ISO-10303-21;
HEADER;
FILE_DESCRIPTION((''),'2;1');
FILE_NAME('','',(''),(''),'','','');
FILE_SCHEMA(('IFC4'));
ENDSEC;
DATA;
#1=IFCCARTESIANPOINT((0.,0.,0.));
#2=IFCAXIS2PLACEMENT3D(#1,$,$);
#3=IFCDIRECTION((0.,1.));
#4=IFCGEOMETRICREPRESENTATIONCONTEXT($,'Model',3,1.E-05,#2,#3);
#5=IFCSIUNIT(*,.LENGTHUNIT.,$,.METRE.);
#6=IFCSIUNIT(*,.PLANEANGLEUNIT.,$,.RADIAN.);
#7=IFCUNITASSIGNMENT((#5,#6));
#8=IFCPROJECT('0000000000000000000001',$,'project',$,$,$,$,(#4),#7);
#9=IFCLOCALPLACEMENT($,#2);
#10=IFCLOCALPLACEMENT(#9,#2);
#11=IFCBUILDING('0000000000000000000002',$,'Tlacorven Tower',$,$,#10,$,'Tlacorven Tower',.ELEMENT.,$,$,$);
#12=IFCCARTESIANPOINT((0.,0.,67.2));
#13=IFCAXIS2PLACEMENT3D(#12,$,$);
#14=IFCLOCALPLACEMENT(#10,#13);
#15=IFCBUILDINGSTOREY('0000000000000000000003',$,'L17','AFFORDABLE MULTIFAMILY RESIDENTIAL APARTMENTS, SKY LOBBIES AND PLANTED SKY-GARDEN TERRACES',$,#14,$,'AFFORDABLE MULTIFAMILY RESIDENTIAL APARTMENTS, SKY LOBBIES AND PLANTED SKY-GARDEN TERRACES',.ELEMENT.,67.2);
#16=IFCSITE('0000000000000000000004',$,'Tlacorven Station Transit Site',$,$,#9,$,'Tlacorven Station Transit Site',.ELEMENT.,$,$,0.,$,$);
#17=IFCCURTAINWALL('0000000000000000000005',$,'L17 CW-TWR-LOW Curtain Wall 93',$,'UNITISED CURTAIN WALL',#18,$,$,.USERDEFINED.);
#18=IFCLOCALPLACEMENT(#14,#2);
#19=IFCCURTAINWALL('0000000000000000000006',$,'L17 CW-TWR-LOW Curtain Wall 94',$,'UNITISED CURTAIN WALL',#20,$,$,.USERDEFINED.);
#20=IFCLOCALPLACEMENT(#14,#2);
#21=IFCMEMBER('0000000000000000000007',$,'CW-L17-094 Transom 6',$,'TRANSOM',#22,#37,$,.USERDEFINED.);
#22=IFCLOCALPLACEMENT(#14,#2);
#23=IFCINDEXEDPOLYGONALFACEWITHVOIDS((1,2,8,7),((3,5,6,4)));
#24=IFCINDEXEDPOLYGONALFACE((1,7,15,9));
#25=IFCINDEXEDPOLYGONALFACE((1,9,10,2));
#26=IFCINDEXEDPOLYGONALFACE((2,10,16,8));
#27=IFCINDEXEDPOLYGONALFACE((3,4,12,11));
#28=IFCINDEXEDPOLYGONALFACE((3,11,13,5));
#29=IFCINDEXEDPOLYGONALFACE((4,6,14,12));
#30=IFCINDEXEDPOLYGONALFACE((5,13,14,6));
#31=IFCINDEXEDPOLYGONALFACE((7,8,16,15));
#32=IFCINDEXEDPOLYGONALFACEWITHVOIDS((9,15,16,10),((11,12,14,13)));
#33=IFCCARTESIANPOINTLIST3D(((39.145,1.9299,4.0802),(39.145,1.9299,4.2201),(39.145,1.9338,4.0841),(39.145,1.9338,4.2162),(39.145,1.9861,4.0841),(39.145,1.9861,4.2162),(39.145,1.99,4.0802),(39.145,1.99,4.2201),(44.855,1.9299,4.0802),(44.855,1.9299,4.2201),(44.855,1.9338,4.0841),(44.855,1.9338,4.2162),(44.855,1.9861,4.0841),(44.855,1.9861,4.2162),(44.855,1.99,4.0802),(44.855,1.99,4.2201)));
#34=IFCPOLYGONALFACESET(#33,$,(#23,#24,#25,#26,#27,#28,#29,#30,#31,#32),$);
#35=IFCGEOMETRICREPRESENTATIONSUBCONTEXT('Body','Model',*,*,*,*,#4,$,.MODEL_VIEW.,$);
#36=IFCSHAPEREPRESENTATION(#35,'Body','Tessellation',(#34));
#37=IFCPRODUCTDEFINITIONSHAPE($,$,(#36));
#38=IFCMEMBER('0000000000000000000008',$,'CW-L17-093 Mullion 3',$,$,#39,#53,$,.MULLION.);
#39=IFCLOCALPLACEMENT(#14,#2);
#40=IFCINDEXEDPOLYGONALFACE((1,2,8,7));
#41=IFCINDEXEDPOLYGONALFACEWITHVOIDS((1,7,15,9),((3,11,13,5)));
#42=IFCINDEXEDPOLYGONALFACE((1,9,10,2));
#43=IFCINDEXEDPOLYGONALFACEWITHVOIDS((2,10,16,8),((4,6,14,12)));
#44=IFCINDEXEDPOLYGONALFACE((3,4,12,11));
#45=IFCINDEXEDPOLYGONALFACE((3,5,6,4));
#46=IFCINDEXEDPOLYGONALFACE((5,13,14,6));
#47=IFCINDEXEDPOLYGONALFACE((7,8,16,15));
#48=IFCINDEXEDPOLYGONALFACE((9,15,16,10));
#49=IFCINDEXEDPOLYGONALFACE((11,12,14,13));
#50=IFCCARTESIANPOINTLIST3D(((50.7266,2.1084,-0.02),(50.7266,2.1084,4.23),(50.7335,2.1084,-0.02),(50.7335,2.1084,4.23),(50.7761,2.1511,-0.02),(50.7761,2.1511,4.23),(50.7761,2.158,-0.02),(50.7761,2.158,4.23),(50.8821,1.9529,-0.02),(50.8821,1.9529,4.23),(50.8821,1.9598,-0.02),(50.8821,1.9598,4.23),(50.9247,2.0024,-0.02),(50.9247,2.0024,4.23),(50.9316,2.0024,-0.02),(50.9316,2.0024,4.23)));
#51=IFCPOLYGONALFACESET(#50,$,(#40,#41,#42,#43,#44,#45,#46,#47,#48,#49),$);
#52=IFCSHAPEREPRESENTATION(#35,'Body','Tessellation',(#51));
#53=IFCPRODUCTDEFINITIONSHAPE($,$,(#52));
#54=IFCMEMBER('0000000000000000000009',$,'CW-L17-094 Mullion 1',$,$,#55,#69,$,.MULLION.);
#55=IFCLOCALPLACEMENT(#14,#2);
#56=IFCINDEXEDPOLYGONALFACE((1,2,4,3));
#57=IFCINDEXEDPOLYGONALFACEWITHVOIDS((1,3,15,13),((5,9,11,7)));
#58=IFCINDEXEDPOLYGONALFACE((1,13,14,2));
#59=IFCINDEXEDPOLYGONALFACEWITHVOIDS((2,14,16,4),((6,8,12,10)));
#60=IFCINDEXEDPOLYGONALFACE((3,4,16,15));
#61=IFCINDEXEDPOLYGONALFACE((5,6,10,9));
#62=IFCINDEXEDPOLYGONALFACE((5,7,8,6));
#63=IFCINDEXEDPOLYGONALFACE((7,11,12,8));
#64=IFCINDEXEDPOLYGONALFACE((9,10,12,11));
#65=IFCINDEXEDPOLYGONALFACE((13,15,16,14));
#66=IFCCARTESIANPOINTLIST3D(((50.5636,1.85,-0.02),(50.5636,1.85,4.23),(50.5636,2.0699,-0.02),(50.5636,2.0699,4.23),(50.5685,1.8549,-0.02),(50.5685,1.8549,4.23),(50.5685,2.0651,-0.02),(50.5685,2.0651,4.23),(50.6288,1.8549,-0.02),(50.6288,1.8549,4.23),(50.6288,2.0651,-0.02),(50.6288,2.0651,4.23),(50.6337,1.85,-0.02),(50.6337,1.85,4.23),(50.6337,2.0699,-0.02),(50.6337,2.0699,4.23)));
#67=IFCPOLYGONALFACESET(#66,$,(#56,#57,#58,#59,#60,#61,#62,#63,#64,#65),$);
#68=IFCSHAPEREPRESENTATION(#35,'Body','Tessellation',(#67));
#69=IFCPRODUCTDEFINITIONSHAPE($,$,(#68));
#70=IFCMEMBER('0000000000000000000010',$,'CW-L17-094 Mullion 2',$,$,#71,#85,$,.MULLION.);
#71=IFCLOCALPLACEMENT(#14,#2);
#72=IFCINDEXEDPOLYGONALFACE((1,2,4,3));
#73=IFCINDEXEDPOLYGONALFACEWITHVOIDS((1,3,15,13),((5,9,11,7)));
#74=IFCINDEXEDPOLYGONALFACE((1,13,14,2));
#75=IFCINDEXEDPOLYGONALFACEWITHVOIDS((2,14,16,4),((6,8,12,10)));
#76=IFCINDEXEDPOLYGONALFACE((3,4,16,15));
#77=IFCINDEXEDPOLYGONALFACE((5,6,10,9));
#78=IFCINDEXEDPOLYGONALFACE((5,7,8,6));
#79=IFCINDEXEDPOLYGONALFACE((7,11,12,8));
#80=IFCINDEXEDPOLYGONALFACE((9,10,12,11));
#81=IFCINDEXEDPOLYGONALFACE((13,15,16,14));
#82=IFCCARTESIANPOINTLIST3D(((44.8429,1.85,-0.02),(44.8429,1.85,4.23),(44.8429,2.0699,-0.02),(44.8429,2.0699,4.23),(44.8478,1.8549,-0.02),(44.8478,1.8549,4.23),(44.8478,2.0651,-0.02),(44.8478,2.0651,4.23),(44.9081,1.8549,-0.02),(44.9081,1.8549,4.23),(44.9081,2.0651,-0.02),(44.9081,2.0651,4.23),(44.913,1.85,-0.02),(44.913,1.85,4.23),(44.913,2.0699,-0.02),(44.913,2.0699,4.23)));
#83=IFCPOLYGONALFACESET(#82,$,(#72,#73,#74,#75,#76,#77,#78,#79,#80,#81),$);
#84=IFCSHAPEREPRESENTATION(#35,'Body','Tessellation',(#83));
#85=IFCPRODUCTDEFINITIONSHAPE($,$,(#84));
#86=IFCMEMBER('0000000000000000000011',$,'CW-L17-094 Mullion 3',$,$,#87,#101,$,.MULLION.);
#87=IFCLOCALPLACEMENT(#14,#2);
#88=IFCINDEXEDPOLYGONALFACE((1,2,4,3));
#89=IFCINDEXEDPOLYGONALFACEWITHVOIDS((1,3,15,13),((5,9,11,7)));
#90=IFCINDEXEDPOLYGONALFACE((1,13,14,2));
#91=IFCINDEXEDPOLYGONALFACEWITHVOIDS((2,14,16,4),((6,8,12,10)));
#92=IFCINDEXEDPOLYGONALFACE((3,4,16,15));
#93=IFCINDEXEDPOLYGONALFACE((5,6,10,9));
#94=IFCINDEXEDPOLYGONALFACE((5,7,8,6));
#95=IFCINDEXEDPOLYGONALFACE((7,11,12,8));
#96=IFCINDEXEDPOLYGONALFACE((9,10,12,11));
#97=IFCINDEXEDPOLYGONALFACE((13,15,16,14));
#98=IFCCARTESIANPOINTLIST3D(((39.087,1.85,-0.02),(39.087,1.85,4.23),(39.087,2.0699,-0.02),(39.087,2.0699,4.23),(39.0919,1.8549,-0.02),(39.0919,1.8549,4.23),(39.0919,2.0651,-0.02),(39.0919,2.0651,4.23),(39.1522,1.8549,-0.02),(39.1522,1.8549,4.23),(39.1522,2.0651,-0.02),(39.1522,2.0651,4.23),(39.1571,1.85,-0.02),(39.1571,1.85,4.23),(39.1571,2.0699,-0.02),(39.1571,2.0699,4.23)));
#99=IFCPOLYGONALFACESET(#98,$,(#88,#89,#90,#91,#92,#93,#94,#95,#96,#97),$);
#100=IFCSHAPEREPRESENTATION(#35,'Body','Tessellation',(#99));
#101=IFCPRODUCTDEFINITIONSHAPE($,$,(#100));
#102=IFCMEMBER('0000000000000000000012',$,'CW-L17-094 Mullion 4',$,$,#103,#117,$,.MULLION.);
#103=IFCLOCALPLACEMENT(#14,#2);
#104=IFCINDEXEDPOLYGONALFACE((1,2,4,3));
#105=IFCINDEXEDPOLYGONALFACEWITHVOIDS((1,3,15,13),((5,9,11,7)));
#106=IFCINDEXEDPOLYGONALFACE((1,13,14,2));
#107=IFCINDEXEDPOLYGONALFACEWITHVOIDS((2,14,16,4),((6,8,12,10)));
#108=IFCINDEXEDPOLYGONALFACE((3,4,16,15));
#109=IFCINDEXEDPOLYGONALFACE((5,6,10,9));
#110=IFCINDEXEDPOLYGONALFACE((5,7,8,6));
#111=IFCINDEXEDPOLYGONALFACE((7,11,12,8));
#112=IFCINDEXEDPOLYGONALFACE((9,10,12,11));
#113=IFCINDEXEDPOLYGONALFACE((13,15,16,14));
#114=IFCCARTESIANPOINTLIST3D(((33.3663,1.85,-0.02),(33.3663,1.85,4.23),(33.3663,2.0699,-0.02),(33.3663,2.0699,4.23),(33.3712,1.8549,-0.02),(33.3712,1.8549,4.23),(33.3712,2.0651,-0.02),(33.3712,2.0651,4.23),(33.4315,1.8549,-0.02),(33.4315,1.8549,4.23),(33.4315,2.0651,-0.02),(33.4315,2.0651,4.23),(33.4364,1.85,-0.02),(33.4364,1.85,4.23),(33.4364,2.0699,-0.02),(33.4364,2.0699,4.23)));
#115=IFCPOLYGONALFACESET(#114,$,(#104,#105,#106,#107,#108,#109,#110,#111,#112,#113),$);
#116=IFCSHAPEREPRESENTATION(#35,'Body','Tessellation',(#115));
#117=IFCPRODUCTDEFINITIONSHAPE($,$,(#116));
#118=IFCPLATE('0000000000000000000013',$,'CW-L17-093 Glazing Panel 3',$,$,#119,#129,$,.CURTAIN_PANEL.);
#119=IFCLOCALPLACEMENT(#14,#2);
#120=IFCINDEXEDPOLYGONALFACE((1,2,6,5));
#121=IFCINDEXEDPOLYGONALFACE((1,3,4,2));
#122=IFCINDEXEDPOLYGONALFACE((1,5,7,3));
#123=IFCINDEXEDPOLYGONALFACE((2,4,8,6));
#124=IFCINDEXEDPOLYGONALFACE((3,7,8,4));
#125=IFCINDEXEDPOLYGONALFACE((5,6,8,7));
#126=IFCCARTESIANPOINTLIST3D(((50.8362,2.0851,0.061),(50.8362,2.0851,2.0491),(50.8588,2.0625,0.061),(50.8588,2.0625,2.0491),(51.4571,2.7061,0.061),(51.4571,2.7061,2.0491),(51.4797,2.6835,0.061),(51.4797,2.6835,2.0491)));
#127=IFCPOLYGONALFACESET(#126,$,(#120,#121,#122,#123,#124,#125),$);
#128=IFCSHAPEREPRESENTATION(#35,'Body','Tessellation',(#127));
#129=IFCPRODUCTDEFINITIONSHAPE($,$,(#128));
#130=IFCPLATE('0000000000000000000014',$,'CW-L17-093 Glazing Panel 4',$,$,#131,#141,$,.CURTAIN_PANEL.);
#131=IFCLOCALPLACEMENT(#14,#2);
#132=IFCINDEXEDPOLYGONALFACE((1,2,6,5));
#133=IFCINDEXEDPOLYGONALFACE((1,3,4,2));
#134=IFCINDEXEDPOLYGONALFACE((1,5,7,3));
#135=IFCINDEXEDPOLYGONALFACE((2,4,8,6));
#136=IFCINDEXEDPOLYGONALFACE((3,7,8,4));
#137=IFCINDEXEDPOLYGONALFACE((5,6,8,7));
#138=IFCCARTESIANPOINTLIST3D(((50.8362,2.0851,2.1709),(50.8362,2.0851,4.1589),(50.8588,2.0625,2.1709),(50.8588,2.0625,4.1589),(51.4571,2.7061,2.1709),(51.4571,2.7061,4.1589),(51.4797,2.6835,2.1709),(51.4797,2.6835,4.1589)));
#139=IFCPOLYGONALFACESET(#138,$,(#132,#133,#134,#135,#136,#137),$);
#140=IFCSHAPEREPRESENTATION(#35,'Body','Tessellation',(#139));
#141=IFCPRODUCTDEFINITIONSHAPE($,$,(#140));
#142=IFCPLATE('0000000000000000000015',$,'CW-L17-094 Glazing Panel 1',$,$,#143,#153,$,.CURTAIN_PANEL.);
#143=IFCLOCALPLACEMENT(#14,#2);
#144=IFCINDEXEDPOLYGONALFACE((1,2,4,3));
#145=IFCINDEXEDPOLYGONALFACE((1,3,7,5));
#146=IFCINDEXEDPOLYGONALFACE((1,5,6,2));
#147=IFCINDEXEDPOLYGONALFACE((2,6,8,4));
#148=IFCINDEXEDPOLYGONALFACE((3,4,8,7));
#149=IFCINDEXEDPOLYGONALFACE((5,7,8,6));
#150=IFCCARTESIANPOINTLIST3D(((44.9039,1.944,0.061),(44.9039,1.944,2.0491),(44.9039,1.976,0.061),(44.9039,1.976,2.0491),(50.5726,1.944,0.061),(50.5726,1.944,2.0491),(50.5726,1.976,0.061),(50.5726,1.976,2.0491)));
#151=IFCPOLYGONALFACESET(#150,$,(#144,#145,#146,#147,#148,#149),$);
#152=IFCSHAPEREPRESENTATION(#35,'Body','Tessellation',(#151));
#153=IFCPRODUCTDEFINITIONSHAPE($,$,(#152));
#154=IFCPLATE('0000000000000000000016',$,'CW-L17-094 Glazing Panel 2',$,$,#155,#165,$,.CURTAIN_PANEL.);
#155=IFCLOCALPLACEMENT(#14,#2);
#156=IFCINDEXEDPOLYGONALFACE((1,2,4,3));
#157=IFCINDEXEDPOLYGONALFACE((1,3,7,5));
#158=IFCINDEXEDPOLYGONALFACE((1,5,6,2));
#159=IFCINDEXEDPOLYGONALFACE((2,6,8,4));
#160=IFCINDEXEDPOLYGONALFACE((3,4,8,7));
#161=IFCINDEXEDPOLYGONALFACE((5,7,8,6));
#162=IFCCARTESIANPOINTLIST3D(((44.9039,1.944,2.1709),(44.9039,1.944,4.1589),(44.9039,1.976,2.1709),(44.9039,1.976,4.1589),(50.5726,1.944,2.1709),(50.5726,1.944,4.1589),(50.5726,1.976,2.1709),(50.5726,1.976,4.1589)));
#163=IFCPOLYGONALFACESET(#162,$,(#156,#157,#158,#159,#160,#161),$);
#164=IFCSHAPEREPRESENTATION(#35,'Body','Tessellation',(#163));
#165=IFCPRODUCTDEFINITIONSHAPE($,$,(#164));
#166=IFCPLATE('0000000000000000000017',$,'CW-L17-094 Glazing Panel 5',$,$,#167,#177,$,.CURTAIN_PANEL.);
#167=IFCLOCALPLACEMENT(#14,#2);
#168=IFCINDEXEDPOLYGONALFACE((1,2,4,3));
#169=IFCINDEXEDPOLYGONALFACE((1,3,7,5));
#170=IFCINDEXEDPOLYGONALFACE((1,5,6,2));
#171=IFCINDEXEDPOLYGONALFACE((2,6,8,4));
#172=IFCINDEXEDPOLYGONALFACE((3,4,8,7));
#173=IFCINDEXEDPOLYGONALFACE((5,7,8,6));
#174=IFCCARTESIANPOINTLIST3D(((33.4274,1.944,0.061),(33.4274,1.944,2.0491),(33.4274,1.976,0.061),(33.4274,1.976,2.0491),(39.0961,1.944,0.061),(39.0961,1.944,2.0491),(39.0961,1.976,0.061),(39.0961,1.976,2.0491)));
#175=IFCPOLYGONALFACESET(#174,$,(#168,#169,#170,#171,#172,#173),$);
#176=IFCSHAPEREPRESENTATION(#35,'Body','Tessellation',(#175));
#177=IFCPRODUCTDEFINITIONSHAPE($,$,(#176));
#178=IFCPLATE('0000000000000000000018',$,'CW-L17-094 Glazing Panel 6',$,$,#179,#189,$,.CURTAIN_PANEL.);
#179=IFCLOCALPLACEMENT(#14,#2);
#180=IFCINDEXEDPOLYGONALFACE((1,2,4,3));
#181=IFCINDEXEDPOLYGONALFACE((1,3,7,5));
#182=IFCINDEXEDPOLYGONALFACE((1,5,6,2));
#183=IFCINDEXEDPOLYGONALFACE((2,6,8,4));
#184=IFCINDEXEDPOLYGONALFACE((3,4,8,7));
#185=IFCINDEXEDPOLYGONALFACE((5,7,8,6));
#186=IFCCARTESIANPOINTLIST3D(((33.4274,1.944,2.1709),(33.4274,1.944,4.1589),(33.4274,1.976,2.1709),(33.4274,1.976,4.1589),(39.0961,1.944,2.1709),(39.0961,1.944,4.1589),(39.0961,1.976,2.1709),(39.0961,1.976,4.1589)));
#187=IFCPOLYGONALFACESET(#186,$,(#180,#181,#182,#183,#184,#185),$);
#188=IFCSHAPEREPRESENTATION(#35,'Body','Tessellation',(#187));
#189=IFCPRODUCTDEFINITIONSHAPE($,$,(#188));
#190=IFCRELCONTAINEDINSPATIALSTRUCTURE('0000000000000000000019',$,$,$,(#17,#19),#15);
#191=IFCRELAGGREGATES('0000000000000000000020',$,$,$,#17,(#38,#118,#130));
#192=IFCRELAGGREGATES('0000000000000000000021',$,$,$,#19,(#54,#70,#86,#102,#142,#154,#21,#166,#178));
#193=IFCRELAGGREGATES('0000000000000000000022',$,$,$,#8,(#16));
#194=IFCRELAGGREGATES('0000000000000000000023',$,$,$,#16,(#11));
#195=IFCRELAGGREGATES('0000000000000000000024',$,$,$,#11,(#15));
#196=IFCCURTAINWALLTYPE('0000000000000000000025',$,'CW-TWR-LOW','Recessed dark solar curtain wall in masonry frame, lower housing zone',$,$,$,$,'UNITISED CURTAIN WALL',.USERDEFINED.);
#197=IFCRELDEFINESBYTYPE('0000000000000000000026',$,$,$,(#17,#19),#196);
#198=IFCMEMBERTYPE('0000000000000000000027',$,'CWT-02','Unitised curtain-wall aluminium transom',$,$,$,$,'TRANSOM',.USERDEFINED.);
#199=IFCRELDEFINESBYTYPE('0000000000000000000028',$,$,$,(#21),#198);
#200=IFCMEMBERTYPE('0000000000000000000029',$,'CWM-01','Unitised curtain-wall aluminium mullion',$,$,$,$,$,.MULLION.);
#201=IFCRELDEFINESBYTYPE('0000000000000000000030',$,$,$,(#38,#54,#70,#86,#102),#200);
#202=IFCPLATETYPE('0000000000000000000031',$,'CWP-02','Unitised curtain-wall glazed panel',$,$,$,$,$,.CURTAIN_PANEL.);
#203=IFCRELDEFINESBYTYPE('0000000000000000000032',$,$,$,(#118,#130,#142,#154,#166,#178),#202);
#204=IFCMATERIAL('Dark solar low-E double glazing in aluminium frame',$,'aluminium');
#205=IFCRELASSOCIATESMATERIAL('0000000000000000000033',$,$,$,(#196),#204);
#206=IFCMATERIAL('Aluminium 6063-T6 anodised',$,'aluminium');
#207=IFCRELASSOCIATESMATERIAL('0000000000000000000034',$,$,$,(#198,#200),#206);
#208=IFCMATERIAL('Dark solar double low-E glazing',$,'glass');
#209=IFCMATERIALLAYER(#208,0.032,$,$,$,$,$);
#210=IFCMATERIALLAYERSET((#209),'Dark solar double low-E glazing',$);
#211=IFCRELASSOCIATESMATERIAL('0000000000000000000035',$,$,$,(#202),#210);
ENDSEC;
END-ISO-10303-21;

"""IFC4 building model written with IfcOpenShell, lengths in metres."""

from ifc_helpers import new_model, si_unit, direction, frame, origin, origin_2d, place, context, subcontext, project, spatial, rectangle, hollow_rectangle, extrude, source, transform, mapped, material, layer, layer_set, material_profile, profile_set, type_object, element, aggregate, save


model = new_model("IFC4")

# Units and contexts
model_context = context("Model", 3, precision=1e-05, world=origin(), true_north=direction((0.0, 1.0)))
body_context = subcontext(model_context, "Body", "Model", "MODEL_VIEW")
ifc_project = project(units=[si_unit("LENGTHUNIT", "METRE"), si_unit("PLANEANGLEUNIT", "RADIAN")], contexts=[model_context])

# Site, building, storey
site_placement = place(None, origin())
site = spatial("IfcSite", under=ifc_project, at=site_placement, Name="Tlacorven Station Transit Site", LongName="Tlacorven Station Transit Site", CompositionType="ELEMENT", RefElevation=0.0)
building_placement = place(site_placement, origin())
building = spatial("IfcBuilding", under=site, at=building_placement, Name="Tlacorven Tower", LongName="Tlacorven Tower", CompositionType="ELEMENT")
storey_placement = place(building_placement, frame((0.0, 0.0, 67.2)))
storey = spatial("IfcBuildingStorey", under=building, at=storey_placement, Name="L17", Description="AFFORDABLE MULTIFAMILY RESIDENTIAL APARTMENTS, SKY LOBBIES AND PLANTED SKY-GARDEN TERRACES", LongName="AFFORDABLE MULTIFAMILY RESIDENTIAL APARTMENTS, SKY LOBBIES AND PLANTED SKY-GARDEN TERRACES", CompositionType="ELEMENT", Elevation=67.2)

# Curtain walls, member
ifc_material_1 = material(Name="Dark solar low-E double glazing in aluminium frame", Category="aluminium")
curtain_wall_type = type_object("IfcCurtainWallType", Name="CW-TWR-LOW", Description="Recessed dark solar curtain wall in masonry frame, lower housing zone", ElementType="UNITISED CURTAIN WALL", PredefinedType="USERDEFINED", material=ifc_material_1)
curtain_wall_1_placement = place(storey_placement, origin())
curtain_wall_1 = element("IfcCurtainWall", 1, at=curtain_wall_1_placement, inside=storey, type_object=curtain_wall_type, Name="L17 CW-TWR-LOW Curtain Wall 93", ObjectType="UNITISED CURTAIN WALL", PredefinedType="USERDEFINED")
ifc_material_2 = material(Name="Aluminium 6063-T6 anodised", Category="aluminium")
ifc_material_profile_1 = material_profile(ifc_material_2, hollow_rectangle(XDim=0.0601, YDim=0.1399, WallThickness=0.0039, at=origin_2d()), Name="ALU TRANSOM 60X140")
ifc_profile_set_1 = profile_set([ifc_material_profile_1], Name="Aluminium 6063-T6 anodised")
member_type_1 = type_object("IfcMemberType", Name="CWT-02", Description="Unitised curtain-wall aluminium transom", ElementType="TRANSOM", PredefinedType="USERDEFINED", material=ifc_profile_set_1)
curtain_wall_2_placement = place(storey_placement, origin())
curtain_wall_2 = element("IfcCurtainWall", 2, at=curtain_wall_2_placement, inside=storey, type_object=curtain_wall_type, Name="L17 CW-TWR-LOW Curtain Wall 94", ObjectType="UNITISED CURTAIN WALL", PredefinedType="USERDEFINED")
shared_shape_1 = source(origin(), body_context, "Body", "SweptSolid", [
    extrude(hollow_rectangle(XDim=0.0601, YDim=0.1399, WallThickness=0.0039, at=origin_2d()), origin(), (0.0, 0.0, 1.0), 5.71),
])
member_1_placement = place(storey_placement, frame((44.855, 1.96, 4.1501), z_axis=(-1.0, 0.0, 0.0), x_axis=(0.0, -1.0, 0.0)))
member_1 = element("IfcMember", 3, at=member_1_placement, type_object=member_type_1, Name="CW-L17-094 Transom 6", ObjectType="TRANSOM", PredefinedType="USERDEFINED", context=body_context, shape_type="MappedRepresentation", body=[
    mapped(shared_shape_1, transform((0.0, 0.0, 0.0), scale=1.0)),
])

# Members
ifc_material_profile_2 = material_profile(ifc_material_2, hollow_rectangle(XDim=0.0701, YDim=0.22, WallThickness=0.0049, at=origin_2d()), Name="ALU MULLION 70X220")
ifc_profile_set_2 = profile_set([ifc_material_profile_2], Name="Aluminium 6063-T6 anodised")
member_type_2 = type_object("IfcMemberType", Name="CWM-01", Description="Unitised curtain-wall aluminium mullion", PredefinedType="MULLION", material=ifc_profile_set_2)
shared_shape_2 = source(origin(), body_context, "Body", "SweptSolid", [
    extrude(hollow_rectangle(XDim=0.0701, YDim=0.22, WallThickness=0.0049, at=origin_2d()), origin(), (0.0, 0.0, 1.0), 4.25),
])
member_2_placement = place(storey_placement, frame((50.8291, 2.0554, -0.02), z_axis=(0.0, 0.0, 1.0), x_axis=(-0.707107, -0.707107, 0.0)))
member_2 = element("IfcMember", 4, at=member_2_placement, type_object=member_type_2, Name="CW-L17-093 Mullion 3", PredefinedType="MULLION", context=body_context, shape_type="MappedRepresentation", body=[
    mapped(shared_shape_2, transform((0.0, 0.0, 0.0), scale=1.0)),
])
member_3_placement = place(storey_placement, frame((50.5986, 1.96, -0.02), z_axis=(0.0, 0.0, 1.0), x_axis=(-1.0, 0.0, 0.0)))
member_3 = element("IfcMember", 5, at=member_3_placement, type_object=member_type_2, Name="CW-L17-094 Mullion 1", PredefinedType="MULLION", context=body_context, shape_type="MappedRepresentation", body=[
    mapped(shared_shape_2, transform((0.0, 0.0, 0.0), scale=1.0)),
])
member_4_placement = place(storey_placement, frame((44.8779, 1.96, -0.02), z_axis=(0.0, 0.0, 1.0), x_axis=(-1.0, 0.0, 0.0)))
member_4 = element("IfcMember", 6, at=member_4_placement, type_object=member_type_2, Name="CW-L17-094 Mullion 2", PredefinedType="MULLION", context=body_context, shape_type="MappedRepresentation", body=[
    mapped(shared_shape_2, transform((0.0, 0.0, 0.0), scale=1.0)),
])
member_5_placement = place(storey_placement, frame((39.1221, 1.96, -0.02), z_axis=(0.0, 0.0, 1.0), x_axis=(-1.0, 0.0, 0.0)))
member_5 = element("IfcMember", 7, at=member_5_placement, type_object=member_type_2, Name="CW-L17-094 Mullion 3", PredefinedType="MULLION", context=body_context, shape_type="MappedRepresentation", body=[
    mapped(shared_shape_2, transform((0.0, 0.0, 0.0), scale=1.0)),
])
member_6_placement = place(storey_placement, frame((33.4014, 1.96, -0.02), z_axis=(0.0, 0.0, 1.0), x_axis=(-1.0, 0.0, 0.0)))
member_6 = element("IfcMember", 8, at=member_6_placement, type_object=member_type_2, Name="CW-L17-094 Mullion 4", PredefinedType="MULLION", context=body_context, shape_type="MappedRepresentation", body=[
    mapped(shared_shape_2, transform((0.0, 0.0, 0.0), scale=1.0)),
])

# Plates
ifc_material_3 = material(Name="Dark solar double low-E glazing", Category="glass")
ifc_layer_1 = layer(ifc_material_3, 0.032)
ifc_layer_set_1 = layer_set([ifc_layer_1], Name="Dark solar double low-E glazing")
plate_type = type_object("IfcPlateType", Name="CWP-02", Description="Unitised curtain-wall glazed panel", PredefinedType="CURTAIN_PANEL", material=ifc_layer_set_1)
shared_shape_3 = source(origin(), body_context, "Body", "SweptSolid", [
    extrude(rectangle(XDim=0.8782, YDim=0.032, at=origin_2d()), origin(), (0.0, 0.0, 1.0), 1.988),
])
plate_1_placement = place(storey_placement, frame((51.158, 2.3843, 0.061), z_axis=(0.0, 0.0, 1.0), x_axis=(-0.707107, -0.707107, 0.0)))
plate_1 = element("IfcPlate", 9, at=plate_1_placement, type_object=plate_type, Name="CW-L17-093 Glazing Panel 3", PredefinedType="CURTAIN_PANEL", context=body_context, shape_type="MappedRepresentation", body=[
    mapped(shared_shape_3, transform((0.0, 0.0, 0.0), scale=1.0)),
])
plate_2_placement = place(storey_placement, frame((51.158, 2.3843, 2.1709), z_axis=(0.0, 0.0, 1.0), x_axis=(-0.707107, -0.707107, 0.0)))
plate_2 = element("IfcPlate", 10, at=plate_2_placement, type_object=plate_type, Name="CW-L17-093 Glazing Panel 4", PredefinedType="CURTAIN_PANEL", context=body_context, shape_type="MappedRepresentation", body=[
    mapped(shared_shape_3, transform((0.0, 0.0, 0.0), scale=1.0)),
])
aggregate(curtain_wall_1, [member_2, plate_1, plate_2])
shared_shape_4 = source(origin(), body_context, "Body", "SweptSolid", [
    extrude(rectangle(XDim=5.6687, YDim=0.032, at=origin_2d()), origin(), (0.0, 0.0, 1.0), 1.988),
])
plate_3_placement = place(storey_placement, frame((47.7383, 1.96, 0.061), z_axis=(0.0, 0.0, 1.0), x_axis=(-1.0, 0.0, 0.0)))
plate_3 = element("IfcPlate", 11, at=plate_3_placement, type_object=plate_type, Name="CW-L17-094 Glazing Panel 1", PredefinedType="CURTAIN_PANEL", context=body_context, shape_type="MappedRepresentation", body=[
    mapped(shared_shape_4, transform((0.0, 0.0, 0.0), scale=1.0)),
])
plate_4_placement = place(storey_placement, frame((47.7383, 1.96, 2.1709), z_axis=(0.0, 0.0, 1.0), x_axis=(-1.0, 0.0, 0.0)))
plate_4 = element("IfcPlate", 12, at=plate_4_placement, type_object=plate_type, Name="CW-L17-094 Glazing Panel 2", PredefinedType="CURTAIN_PANEL", context=body_context, shape_type="MappedRepresentation", body=[
    mapped(shared_shape_4, transform((0.0, 0.0, 0.0), scale=1.0)),
])
plate_5_placement = place(storey_placement, frame((36.2617, 1.96, 0.061), z_axis=(0.0, 0.0, 1.0), x_axis=(-1.0, 0.0, 0.0)))
plate_5 = element("IfcPlate", 13, at=plate_5_placement, type_object=plate_type, Name="CW-L17-094 Glazing Panel 5", PredefinedType="CURTAIN_PANEL", context=body_context, shape_type="MappedRepresentation", body=[
    mapped(shared_shape_4, transform((0.0, 0.0, 0.0), scale=1.0)),
])
plate_6_placement = place(storey_placement, frame((36.2617, 1.96, 2.1709), z_axis=(0.0, 0.0, 1.0), x_axis=(-1.0, 0.0, 0.0)))
plate_6 = element("IfcPlate", 14, at=plate_6_placement, type_object=plate_type, Name="CW-L17-094 Glazing Panel 6", PredefinedType="CURTAIN_PANEL", context=body_context, shape_type="MappedRepresentation", body=[
    mapped(shared_shape_4, transform((0.0, 0.0, 0.0), scale=1.0)),
])
aggregate(curtain_wall_2, [member_3, member_4, member_5, member_6, plate_3, plate_4, member_1, plate_5, plate_6])

save(model, "model.ifc")
